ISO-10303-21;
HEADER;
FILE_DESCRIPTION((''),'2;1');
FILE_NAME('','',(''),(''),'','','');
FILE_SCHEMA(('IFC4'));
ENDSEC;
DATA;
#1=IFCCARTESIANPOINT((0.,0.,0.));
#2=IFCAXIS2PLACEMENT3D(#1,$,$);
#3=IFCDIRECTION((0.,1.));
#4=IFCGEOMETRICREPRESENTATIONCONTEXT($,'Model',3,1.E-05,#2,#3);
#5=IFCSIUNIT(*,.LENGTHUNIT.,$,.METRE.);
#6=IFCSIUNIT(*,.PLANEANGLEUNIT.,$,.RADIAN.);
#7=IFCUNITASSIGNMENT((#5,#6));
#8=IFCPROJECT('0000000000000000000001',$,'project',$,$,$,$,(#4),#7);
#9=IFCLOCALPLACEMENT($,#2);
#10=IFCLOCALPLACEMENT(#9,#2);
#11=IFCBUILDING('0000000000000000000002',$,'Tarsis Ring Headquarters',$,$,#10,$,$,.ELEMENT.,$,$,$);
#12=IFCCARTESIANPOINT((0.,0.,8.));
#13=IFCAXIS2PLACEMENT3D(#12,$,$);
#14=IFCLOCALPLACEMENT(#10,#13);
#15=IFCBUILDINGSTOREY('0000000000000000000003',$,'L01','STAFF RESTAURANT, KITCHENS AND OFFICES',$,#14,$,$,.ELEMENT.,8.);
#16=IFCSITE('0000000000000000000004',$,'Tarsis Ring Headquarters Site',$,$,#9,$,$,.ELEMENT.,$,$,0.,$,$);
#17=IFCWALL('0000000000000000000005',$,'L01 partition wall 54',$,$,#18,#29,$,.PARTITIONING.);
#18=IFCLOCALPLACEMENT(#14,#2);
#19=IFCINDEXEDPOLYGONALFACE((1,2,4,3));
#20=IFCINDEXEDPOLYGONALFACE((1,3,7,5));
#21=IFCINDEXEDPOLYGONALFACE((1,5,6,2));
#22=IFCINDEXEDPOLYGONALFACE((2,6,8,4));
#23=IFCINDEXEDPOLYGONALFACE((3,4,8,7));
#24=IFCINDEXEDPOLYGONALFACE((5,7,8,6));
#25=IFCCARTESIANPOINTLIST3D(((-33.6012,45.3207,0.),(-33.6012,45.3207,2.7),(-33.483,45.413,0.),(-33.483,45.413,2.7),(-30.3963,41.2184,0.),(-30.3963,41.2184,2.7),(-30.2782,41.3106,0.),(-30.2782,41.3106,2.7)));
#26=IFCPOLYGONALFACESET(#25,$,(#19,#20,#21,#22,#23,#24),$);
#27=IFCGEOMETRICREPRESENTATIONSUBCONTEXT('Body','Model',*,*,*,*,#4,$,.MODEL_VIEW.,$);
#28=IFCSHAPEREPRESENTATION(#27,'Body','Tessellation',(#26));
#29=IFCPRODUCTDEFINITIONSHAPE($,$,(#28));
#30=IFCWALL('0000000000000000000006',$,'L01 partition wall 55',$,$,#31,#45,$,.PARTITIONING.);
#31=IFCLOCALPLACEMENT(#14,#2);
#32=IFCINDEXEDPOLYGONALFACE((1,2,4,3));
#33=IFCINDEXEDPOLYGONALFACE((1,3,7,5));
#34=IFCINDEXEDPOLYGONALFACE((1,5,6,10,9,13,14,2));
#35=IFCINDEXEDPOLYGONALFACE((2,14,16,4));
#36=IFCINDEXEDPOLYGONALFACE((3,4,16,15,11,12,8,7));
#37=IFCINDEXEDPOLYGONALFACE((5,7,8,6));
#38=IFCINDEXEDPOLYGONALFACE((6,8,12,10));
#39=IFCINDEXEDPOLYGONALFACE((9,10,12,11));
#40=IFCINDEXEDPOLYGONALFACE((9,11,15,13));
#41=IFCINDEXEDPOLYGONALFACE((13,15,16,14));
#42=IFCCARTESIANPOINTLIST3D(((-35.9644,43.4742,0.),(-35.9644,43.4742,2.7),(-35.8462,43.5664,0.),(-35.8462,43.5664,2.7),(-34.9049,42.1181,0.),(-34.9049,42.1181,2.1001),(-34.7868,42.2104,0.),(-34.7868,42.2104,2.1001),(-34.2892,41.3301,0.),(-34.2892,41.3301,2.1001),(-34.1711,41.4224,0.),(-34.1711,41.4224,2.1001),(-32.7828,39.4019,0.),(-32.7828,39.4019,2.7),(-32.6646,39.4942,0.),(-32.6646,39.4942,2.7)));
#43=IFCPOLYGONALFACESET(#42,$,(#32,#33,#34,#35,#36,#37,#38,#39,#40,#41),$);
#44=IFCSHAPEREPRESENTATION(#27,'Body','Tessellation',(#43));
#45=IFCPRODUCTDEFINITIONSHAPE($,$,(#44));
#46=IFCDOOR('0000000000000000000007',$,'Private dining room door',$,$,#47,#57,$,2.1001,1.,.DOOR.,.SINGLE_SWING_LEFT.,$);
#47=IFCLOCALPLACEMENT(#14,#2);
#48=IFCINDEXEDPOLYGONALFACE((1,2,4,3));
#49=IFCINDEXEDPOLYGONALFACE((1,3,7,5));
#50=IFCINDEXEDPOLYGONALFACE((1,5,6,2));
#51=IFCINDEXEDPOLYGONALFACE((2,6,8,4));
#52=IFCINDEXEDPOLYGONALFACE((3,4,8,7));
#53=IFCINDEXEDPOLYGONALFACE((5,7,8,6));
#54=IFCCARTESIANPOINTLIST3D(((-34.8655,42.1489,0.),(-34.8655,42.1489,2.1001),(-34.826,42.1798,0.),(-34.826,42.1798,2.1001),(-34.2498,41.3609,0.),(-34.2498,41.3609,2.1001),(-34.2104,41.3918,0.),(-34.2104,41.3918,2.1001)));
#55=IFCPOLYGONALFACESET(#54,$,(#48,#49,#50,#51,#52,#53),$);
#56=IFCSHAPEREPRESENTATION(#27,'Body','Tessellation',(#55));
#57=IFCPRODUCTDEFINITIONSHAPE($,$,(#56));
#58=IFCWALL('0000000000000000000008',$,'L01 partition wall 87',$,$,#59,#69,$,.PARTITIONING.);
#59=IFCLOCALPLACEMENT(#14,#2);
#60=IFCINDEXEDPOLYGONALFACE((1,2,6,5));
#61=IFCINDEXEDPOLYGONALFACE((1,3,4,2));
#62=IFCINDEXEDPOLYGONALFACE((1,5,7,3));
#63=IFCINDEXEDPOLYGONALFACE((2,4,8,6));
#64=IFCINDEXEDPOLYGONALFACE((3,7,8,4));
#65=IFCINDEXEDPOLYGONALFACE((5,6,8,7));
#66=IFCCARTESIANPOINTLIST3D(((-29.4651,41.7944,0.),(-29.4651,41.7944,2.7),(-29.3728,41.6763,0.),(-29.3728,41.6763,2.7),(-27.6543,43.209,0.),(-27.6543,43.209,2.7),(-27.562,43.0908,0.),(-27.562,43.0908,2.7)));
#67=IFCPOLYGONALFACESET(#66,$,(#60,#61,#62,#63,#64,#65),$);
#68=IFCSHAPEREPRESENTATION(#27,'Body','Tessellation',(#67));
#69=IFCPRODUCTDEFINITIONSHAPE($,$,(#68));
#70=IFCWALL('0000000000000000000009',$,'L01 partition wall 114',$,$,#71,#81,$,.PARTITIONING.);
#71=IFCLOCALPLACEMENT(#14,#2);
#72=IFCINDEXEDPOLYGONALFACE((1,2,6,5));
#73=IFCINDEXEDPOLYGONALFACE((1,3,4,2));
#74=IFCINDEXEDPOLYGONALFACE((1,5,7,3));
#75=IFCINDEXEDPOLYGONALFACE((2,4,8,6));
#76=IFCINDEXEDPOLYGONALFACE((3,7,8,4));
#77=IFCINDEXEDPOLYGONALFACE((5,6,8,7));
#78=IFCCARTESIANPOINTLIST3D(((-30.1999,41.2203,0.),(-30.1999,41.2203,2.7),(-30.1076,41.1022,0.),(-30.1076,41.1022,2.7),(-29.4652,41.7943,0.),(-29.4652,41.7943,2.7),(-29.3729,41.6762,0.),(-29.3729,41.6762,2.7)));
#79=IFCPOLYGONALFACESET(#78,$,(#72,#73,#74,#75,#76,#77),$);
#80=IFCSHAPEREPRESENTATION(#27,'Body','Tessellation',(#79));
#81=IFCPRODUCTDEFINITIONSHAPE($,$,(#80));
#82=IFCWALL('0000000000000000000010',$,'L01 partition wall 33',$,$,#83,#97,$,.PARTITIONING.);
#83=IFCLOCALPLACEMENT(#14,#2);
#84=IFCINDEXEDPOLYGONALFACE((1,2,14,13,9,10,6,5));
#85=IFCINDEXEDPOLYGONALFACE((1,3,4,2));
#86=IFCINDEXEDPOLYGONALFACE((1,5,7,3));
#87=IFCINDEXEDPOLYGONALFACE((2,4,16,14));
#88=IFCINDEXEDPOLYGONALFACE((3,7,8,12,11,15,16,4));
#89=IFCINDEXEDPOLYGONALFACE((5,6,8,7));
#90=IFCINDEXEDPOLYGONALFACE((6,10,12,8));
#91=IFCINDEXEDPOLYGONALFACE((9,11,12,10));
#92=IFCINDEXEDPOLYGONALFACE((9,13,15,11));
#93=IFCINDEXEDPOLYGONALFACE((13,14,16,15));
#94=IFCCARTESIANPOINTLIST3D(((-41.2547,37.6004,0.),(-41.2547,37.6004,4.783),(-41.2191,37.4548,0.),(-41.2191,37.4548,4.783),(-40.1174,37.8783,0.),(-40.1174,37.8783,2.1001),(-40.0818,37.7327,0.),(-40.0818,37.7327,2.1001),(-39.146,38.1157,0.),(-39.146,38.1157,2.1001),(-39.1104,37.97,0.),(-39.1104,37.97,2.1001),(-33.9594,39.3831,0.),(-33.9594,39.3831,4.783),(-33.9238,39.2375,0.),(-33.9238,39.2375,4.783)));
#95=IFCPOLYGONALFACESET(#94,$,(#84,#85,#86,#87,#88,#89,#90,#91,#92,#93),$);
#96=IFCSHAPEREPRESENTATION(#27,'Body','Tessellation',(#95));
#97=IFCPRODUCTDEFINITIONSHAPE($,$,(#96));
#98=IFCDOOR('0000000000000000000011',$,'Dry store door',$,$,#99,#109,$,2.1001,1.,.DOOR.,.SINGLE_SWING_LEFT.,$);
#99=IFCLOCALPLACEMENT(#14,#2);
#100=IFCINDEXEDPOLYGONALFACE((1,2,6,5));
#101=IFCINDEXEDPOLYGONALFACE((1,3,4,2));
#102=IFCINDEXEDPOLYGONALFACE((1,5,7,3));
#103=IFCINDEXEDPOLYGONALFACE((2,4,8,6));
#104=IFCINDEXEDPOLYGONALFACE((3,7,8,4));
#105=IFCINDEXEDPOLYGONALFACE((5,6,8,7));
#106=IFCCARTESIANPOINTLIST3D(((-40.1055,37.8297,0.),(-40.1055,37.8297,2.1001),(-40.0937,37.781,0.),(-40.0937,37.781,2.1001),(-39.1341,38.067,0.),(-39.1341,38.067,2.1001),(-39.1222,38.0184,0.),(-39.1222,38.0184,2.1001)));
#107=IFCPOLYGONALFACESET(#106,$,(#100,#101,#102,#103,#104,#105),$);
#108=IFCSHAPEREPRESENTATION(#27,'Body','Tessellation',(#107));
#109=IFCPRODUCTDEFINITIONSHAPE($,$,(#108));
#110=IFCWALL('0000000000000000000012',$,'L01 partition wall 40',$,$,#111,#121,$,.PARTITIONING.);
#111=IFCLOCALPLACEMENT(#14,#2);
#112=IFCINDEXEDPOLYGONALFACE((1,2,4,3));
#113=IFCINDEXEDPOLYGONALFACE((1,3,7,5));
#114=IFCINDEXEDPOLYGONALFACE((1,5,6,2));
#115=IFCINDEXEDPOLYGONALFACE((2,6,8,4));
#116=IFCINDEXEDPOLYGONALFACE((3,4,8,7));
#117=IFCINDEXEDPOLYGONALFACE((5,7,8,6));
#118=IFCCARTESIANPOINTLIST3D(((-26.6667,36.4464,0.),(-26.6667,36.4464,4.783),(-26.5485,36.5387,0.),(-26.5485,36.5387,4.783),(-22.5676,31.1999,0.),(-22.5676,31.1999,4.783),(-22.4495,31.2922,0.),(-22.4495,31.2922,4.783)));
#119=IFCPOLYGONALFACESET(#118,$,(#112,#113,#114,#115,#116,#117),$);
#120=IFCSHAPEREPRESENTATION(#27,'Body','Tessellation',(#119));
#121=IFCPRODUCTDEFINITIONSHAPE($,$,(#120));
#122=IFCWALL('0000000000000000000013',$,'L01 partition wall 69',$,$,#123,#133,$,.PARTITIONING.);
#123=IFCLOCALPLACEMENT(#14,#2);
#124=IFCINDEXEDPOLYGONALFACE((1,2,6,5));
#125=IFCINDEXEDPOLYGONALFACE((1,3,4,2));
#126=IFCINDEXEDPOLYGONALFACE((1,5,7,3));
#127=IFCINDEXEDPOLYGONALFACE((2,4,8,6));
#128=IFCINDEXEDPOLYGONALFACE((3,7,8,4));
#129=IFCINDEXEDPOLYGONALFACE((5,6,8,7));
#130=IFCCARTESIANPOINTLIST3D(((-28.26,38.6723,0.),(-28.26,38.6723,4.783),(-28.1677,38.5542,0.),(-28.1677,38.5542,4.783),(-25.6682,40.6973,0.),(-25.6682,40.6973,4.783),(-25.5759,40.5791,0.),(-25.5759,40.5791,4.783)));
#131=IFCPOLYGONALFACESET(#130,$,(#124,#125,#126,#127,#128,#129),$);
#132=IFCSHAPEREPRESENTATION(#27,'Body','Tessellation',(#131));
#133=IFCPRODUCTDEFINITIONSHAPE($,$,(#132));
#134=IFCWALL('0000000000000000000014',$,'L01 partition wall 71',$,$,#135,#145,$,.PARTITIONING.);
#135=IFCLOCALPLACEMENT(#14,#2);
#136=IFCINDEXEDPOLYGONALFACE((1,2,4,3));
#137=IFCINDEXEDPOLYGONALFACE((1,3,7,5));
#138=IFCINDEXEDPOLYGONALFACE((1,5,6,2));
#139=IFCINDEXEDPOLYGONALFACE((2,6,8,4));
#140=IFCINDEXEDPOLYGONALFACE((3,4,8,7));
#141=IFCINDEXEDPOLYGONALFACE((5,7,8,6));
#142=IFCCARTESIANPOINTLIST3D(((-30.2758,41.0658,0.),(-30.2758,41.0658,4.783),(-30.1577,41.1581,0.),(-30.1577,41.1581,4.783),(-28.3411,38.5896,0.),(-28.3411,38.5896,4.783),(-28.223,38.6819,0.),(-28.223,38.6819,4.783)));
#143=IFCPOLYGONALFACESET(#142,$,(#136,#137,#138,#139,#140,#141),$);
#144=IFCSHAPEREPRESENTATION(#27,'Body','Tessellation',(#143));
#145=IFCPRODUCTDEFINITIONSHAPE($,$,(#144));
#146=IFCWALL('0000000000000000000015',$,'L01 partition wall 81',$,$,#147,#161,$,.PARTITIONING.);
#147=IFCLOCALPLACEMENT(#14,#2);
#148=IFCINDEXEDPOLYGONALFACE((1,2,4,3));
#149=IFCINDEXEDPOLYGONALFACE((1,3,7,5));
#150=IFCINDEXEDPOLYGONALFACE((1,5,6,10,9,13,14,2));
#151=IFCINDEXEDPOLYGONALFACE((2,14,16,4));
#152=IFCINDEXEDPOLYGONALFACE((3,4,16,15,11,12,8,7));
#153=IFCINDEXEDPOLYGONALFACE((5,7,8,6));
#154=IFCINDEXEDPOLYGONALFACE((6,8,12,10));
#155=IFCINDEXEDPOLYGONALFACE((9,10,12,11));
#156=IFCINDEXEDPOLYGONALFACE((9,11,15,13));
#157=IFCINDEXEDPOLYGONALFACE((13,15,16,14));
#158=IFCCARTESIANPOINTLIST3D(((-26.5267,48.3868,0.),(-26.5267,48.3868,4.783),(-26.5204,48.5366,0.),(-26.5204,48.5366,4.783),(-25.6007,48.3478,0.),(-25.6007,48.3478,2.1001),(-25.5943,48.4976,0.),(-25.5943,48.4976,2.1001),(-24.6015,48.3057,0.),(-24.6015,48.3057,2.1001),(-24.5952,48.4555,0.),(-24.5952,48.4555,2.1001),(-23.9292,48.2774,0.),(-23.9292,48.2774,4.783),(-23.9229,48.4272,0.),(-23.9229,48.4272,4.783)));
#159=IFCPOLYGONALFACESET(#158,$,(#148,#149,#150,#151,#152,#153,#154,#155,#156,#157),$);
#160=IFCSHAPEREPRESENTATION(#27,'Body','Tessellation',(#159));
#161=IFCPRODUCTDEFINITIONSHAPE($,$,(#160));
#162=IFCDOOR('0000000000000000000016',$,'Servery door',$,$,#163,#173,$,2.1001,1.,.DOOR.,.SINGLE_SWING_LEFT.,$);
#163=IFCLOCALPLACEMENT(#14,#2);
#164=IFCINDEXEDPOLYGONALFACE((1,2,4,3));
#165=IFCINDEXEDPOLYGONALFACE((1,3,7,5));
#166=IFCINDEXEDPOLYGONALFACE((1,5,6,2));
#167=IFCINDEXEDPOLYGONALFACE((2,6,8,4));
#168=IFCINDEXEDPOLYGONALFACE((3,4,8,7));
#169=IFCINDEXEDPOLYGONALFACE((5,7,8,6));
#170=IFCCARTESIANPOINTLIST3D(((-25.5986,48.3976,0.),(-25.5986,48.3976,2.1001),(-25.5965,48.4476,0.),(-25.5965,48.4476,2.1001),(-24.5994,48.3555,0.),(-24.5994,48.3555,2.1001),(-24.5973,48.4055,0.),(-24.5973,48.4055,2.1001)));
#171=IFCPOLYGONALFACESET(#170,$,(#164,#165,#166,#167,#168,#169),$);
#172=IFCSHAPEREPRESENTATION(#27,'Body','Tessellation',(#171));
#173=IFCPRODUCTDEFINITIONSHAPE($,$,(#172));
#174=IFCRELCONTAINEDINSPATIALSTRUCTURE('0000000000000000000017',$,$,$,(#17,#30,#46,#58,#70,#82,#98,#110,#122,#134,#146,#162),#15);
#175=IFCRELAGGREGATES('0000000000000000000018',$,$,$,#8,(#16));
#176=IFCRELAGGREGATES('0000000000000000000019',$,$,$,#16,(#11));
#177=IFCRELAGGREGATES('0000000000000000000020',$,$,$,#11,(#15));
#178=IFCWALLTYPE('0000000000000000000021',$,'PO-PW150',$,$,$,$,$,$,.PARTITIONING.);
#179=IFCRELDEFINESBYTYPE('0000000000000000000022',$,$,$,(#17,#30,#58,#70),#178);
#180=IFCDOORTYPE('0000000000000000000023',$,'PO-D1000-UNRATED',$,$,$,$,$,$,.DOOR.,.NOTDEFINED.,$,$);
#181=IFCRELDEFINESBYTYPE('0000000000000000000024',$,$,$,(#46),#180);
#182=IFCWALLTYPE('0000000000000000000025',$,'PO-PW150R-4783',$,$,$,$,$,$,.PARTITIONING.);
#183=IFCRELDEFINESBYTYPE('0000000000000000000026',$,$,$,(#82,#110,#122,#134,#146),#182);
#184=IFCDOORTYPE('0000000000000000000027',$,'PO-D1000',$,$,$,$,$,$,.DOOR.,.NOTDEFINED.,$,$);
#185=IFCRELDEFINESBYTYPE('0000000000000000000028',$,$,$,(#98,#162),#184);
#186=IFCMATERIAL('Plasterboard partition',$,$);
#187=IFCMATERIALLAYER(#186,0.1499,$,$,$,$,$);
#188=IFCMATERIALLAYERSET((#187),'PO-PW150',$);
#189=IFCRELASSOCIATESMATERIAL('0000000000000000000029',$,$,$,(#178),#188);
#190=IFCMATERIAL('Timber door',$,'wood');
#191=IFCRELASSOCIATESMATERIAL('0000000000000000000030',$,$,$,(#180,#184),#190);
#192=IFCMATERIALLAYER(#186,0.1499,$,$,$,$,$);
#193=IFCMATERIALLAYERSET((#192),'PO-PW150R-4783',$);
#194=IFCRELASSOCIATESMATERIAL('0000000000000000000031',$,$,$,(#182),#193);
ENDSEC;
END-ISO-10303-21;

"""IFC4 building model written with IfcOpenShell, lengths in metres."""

from ifc_helpers import new_model, si_unit, direction, frame, frame_2d, origin, place, context, subcontext, project, spatial, rectangle, extrude, material, layer, layer_set, type_object, element, fill, save


model = new_model("IFC4")

# Units and contexts
model_context = context("Model", 3, precision=1e-05, world=origin(), true_north=direction((0.0, 1.0)))
body_context = subcontext(model_context, "Body", "Model", "MODEL_VIEW")
ifc_project = project(units=[si_unit("LENGTHUNIT", "METRE"), si_unit("PLANEANGLEUNIT", "RADIAN")], contexts=[model_context])

# Site, building, storey
site_placement = place(None, origin())
site = spatial("IfcSite", under=ifc_project, at=site_placement, Name="Tarsis Ring Headquarters Site", CompositionType="ELEMENT", RefElevation=0.0)
building_placement = place(site_placement, origin())
building = spatial("IfcBuilding", under=site, at=building_placement, Name="Tarsis Ring Headquarters", CompositionType="ELEMENT")
storey_placement = place(building_placement, frame((0.0, 0.0, 8.0)))
storey = spatial("IfcBuildingStorey", under=building, at=storey_placement, Name="L01", Description="STAFF RESTAURANT, KITCHENS AND OFFICES", CompositionType="ELEMENT", Elevation=8.0)

# Wall
ifc_material_1 = material(Name="Plasterboard partition")
ifc_layer_1 = layer(ifc_material_1, 0.1499)
ifc_layer_set_1 = layer_set([ifc_layer_1], Name="PO-PW150")
wall_type_1 = type_object("IfcWallType", Name="PO-PW150", PredefinedType="PARTITIONING", material=ifc_layer_set_1)
wall_1_placement = place(storey_placement, frame((-30.3372, 41.2644, 0.0), z_axis=(0.0, 0.0, 1.0), x_axis=(-0.615634, 0.788032, 0.0)))
element("IfcWall", 1, at=wall_1_placement, inside=storey, type_object=wall_type_1, Name="L01 partition wall 54", PredefinedType="PARTITIONING", context=body_context, shape_type="SweptSolid", body=[
    extrude(rectangle(XDim=5.2058, YDim=0.1499, at=frame_2d((2.603, 0.0))), origin(), (0.0, 0.0, 1.0), 2.7),
])

# Wall, opening, door
wall_2_placement = place(storey_placement, frame((-32.7236, 39.448, 0.0), z_axis=(0.0, 0.0, 1.0), x_axis=(-0.615666, 0.788007, 0.0)))
wall_2 = element("IfcWall", 2, at=wall_2_placement, inside=storey, type_object=wall_type_1, Name="L01 partition wall 55", PredefinedType="PARTITIONING", context=body_context, shape_type="SweptSolid", body=[
    extrude(rectangle(XDim=5.1677, YDim=0.1499, at=frame_2d((2.584, 0.0))), origin(), (0.0, 0.0, 1.0), 2.7),
])
opening_1_placement = place(wall_2_placement, frame((2.447, 0.0, 0.0)))
opening_1 = element("IfcOpeningElement", 3, at=opening_1_placement, cuts=wall_2, PredefinedType="OPENING", context=body_context, shape_type="SweptSolid", body=[
    extrude(rectangle(XDim=1.0, YDim=2.1001, at=frame_2d((0.5, 1.05))), frame((0.0, 0.085, 0.0), z_axis=(0.0, -1.0, 0.0), x_axis=(1.0, 0.0, 0.0)), (0.0, 0.0, 1.0), 0.1699),
])
ifc_material_2 = material(Name="Timber door", Category="wood")
door_type_1 = type_object("IfcDoorType", Name="PO-D1000-UNRATED", OperationType="NOTDEFINED", PredefinedType="DOOR", material=ifc_material_2)
door_1_placement = place(opening_1_placement, origin())
door_1 = element("IfcDoor", 4, at=door_1_placement, inside=storey, type_object=door_type_1, Name="Private dining room door", OperationType="SINGLE_SWING_LEFT", OverallHeight=2.1001, OverallWidth=1.0, PredefinedType="DOOR", context=body_context, shape_type="SweptSolid", body=[
    extrude(rectangle(XDim=1.0, YDim=2.1001, at=frame_2d((0.5, 1.05))), frame((0.0, 0.0249, 0.0), z_axis=(0.0, -1.0, 0.0), x_axis=(1.0, 0.0, 0.0)), (0.0, 0.0, 1.0), 0.05),
])
fill(opening_1, door_1)

# Walls
wall_3_placement = place(storey_placement, frame((-27.6082, 43.1499, 0.0), z_axis=(0.0, 0.0, 1.0), x_axis=(-0.788052, -0.615609, 0.0)))
element("IfcWall", 5, at=wall_3_placement, inside=storey, type_object=wall_type_1, Name="L01 partition wall 87", PredefinedType="PARTITIONING", context=body_context, shape_type="SweptSolid", body=[
    extrude(rectangle(XDim=2.2979, YDim=0.1499, at=frame_2d((1.1489, 0.0))), origin(), (0.0, 0.0, 1.0), 2.7),
])
wall_4_placement = place(storey_placement, frame((-29.4189, 41.7354, 0.0), z_axis=(0.0, 0.0, 1.0), x_axis=(-0.787997, -0.61568, 0.0)))
element("IfcWall", 6, at=wall_4_placement, inside=storey, type_object=wall_type_1, Name="L01 partition wall 114", PredefinedType="PARTITIONING", context=body_context, shape_type="SweptSolid", body=[
    extrude(rectangle(XDim=0.9324, YDim=0.1499, at=frame_2d((0.4663, 0.0))), origin(), (0.0, 0.0, 1.0), 2.7),
])

# Wall, opening, door
ifc_layer_2 = layer(ifc_material_1, 0.1499)
ifc_layer_set_2 = layer_set([ifc_layer_2], Name="PO-PW150R-4783")
wall_type_2 = type_object("IfcWallType", Name="PO-PW150R-4783", PredefinedType="PARTITIONING", material=ifc_layer_set_2)
wall_5_placement = place(storey_placement, frame((-41.2368, 37.5276, 0.0), z_axis=(0.0, 0.0, 1.0), x_axis=(0.971418, 0.237377, 0.0)))
wall_5 = element("IfcWall", 7, at=wall_5_placement, inside=storey, type_object=wall_type_2, Name="L01 partition wall 33", PredefinedType="PARTITIONING", context=body_context, shape_type="SweptSolid", body=[
    extrude(rectangle(XDim=7.51, YDim=0.1499, at=frame_2d((3.7549, 0.0))), origin(), (0.0, 0.0, 1.0), 4.783),
])
opening_2_placement = place(wall_5_placement, frame((1.1707, 0.0, 0.0)))
opening_2 = element("IfcOpeningElement", 8, at=opening_2_placement, cuts=wall_5, PredefinedType="OPENING", context=body_context, shape_type="SweptSolid", body=[
    extrude(rectangle(XDim=1.0, YDim=2.1001, at=frame_2d((0.5, 1.05))), frame((0.0, 0.085, 0.0), z_axis=(0.0, -1.0, 0.0), x_axis=(1.0, 0.0, 0.0)), (0.0, 0.0, 1.0), 0.1699),
])
door_type_2 = type_object("IfcDoorType", Name="PO-D1000", OperationType="NOTDEFINED", PredefinedType="DOOR", material=ifc_material_2)
door_2_placement = place(opening_2_placement, origin())
door_2 = element("IfcDoor", 9, at=door_2_placement, inside=storey, type_object=door_type_2, Name="Dry store door", OperationType="SINGLE_SWING_LEFT", OverallHeight=2.1001, OverallWidth=1.0, PredefinedType="DOOR", context=body_context, shape_type="SweptSolid", body=[
    extrude(rectangle(XDim=1.0, YDim=2.1001, at=frame_2d((0.5, 1.05))), frame((0.0, 0.0249, 0.0), z_axis=(0.0, -1.0, 0.0), x_axis=(1.0, 0.0, 0.0)), (0.0, 0.0, 1.0), 0.05),
])
fill(opening_2, door_2)

# Walls
wall_6_placement = place(storey_placement, frame((-26.6077, 36.4927, 0.0), z_axis=(0.0, 0.0, 1.0), x_axis=(0.615665, -0.788008, 0.0)))
element("IfcWall", 10, at=wall_6_placement, inside=storey, type_object=wall_type_2, Name="L01 partition wall 40", PredefinedType="PARTITIONING", context=body_context, shape_type="SweptSolid", body=[
    extrude(rectangle(XDim=6.658, YDim=0.1499, at=frame_2d((3.3291, 0.0))), origin(), (0.0, 0.0, 1.0), 4.783),
])
wall_7_placement = place(storey_placement, frame((-28.2139, 38.6133, 0.0), z_axis=(0.0, 0.0, 1.0), x_axis=(0.788015, 0.615656, 0.0)))
element("IfcWall", 11, at=wall_7_placement, inside=storey, type_object=wall_type_2, Name="L01 partition wall 69", PredefinedType="PARTITIONING", context=body_context, shape_type="SweptSolid", body=[
    extrude(rectangle(XDim=3.2891, YDim=0.1499, at=frame_2d((1.6445, 0.0))), origin(), (0.0, 0.0, 1.0), 4.783),
])
wall_8_placement = place(storey_placement, frame((-30.2168, 41.1121, 0.0), z_axis=(0.0, 0.0, 1.0), x_axis=(0.615671, -0.788003, 0.0)))
element("IfcWall", 12, at=wall_8_placement, inside=storey, type_object=wall_type_2, Name="L01 partition wall 71", PredefinedType="PARTITIONING", context=body_context, shape_type="SweptSolid", body=[
    extrude(rectangle(XDim=3.1423, YDim=0.1499, at=frame_2d((1.5713, 0.0))), origin(), (0.0, 0.0, 1.0), 4.783),
])

# Wall, opening, door
wall_9_placement = place(storey_placement, frame((-26.5234, 48.4617, 0.0), z_axis=(0.0, 0.0, 1.0), x_axis=(0.999115, -0.042068, 0.0)))
wall_9 = element("IfcWall", 13, at=wall_9_placement, inside=storey, type_object=wall_type_2, Name="L01 partition wall 81", PredefinedType="PARTITIONING", context=body_context, shape_type="SweptSolid", body=[
    extrude(rectangle(XDim=2.5999, YDim=0.1499, at=frame_2d((1.2998, 0.0))), origin(), (0.0, 0.0, 1.0), 4.783),
])
opening_3_placement = place(wall_9_placement, frame((0.9268, 0.0, 0.0)))
opening_3 = element("IfcOpeningElement", 14, at=opening_3_placement, cuts=wall_9, PredefinedType="OPENING", context=body_context, shape_type="SweptSolid", body=[
    extrude(rectangle(XDim=1.0, YDim=2.1001, at=frame_2d((0.5, 1.05))), frame((0.0, 0.085, 0.0), z_axis=(0.0, -1.0, 0.0), x_axis=(1.0, 0.0, 0.0)), (0.0, 0.0, 1.0), 0.1699),
])
door_3_placement = place(opening_3_placement, origin())
door_3 = element("IfcDoor", 15, at=door_3_placement, inside=storey, type_object=door_type_2, Name="Servery door", OperationType="SINGLE_SWING_LEFT", OverallHeight=2.1001, OverallWidth=1.0, PredefinedType="DOOR", context=body_context, shape_type="SweptSolid", body=[
    extrude(rectangle(XDim=1.0, YDim=2.1001, at=frame_2d((0.5, 1.05))), frame((0.0, 0.0249, 0.0), z_axis=(0.0, -1.0, 0.0), x_axis=(1.0, 0.0, 0.0)), (0.0, 0.0, 1.0), 0.05),
])
fill(opening_3, door_3)

save(model, "model.ifc")
